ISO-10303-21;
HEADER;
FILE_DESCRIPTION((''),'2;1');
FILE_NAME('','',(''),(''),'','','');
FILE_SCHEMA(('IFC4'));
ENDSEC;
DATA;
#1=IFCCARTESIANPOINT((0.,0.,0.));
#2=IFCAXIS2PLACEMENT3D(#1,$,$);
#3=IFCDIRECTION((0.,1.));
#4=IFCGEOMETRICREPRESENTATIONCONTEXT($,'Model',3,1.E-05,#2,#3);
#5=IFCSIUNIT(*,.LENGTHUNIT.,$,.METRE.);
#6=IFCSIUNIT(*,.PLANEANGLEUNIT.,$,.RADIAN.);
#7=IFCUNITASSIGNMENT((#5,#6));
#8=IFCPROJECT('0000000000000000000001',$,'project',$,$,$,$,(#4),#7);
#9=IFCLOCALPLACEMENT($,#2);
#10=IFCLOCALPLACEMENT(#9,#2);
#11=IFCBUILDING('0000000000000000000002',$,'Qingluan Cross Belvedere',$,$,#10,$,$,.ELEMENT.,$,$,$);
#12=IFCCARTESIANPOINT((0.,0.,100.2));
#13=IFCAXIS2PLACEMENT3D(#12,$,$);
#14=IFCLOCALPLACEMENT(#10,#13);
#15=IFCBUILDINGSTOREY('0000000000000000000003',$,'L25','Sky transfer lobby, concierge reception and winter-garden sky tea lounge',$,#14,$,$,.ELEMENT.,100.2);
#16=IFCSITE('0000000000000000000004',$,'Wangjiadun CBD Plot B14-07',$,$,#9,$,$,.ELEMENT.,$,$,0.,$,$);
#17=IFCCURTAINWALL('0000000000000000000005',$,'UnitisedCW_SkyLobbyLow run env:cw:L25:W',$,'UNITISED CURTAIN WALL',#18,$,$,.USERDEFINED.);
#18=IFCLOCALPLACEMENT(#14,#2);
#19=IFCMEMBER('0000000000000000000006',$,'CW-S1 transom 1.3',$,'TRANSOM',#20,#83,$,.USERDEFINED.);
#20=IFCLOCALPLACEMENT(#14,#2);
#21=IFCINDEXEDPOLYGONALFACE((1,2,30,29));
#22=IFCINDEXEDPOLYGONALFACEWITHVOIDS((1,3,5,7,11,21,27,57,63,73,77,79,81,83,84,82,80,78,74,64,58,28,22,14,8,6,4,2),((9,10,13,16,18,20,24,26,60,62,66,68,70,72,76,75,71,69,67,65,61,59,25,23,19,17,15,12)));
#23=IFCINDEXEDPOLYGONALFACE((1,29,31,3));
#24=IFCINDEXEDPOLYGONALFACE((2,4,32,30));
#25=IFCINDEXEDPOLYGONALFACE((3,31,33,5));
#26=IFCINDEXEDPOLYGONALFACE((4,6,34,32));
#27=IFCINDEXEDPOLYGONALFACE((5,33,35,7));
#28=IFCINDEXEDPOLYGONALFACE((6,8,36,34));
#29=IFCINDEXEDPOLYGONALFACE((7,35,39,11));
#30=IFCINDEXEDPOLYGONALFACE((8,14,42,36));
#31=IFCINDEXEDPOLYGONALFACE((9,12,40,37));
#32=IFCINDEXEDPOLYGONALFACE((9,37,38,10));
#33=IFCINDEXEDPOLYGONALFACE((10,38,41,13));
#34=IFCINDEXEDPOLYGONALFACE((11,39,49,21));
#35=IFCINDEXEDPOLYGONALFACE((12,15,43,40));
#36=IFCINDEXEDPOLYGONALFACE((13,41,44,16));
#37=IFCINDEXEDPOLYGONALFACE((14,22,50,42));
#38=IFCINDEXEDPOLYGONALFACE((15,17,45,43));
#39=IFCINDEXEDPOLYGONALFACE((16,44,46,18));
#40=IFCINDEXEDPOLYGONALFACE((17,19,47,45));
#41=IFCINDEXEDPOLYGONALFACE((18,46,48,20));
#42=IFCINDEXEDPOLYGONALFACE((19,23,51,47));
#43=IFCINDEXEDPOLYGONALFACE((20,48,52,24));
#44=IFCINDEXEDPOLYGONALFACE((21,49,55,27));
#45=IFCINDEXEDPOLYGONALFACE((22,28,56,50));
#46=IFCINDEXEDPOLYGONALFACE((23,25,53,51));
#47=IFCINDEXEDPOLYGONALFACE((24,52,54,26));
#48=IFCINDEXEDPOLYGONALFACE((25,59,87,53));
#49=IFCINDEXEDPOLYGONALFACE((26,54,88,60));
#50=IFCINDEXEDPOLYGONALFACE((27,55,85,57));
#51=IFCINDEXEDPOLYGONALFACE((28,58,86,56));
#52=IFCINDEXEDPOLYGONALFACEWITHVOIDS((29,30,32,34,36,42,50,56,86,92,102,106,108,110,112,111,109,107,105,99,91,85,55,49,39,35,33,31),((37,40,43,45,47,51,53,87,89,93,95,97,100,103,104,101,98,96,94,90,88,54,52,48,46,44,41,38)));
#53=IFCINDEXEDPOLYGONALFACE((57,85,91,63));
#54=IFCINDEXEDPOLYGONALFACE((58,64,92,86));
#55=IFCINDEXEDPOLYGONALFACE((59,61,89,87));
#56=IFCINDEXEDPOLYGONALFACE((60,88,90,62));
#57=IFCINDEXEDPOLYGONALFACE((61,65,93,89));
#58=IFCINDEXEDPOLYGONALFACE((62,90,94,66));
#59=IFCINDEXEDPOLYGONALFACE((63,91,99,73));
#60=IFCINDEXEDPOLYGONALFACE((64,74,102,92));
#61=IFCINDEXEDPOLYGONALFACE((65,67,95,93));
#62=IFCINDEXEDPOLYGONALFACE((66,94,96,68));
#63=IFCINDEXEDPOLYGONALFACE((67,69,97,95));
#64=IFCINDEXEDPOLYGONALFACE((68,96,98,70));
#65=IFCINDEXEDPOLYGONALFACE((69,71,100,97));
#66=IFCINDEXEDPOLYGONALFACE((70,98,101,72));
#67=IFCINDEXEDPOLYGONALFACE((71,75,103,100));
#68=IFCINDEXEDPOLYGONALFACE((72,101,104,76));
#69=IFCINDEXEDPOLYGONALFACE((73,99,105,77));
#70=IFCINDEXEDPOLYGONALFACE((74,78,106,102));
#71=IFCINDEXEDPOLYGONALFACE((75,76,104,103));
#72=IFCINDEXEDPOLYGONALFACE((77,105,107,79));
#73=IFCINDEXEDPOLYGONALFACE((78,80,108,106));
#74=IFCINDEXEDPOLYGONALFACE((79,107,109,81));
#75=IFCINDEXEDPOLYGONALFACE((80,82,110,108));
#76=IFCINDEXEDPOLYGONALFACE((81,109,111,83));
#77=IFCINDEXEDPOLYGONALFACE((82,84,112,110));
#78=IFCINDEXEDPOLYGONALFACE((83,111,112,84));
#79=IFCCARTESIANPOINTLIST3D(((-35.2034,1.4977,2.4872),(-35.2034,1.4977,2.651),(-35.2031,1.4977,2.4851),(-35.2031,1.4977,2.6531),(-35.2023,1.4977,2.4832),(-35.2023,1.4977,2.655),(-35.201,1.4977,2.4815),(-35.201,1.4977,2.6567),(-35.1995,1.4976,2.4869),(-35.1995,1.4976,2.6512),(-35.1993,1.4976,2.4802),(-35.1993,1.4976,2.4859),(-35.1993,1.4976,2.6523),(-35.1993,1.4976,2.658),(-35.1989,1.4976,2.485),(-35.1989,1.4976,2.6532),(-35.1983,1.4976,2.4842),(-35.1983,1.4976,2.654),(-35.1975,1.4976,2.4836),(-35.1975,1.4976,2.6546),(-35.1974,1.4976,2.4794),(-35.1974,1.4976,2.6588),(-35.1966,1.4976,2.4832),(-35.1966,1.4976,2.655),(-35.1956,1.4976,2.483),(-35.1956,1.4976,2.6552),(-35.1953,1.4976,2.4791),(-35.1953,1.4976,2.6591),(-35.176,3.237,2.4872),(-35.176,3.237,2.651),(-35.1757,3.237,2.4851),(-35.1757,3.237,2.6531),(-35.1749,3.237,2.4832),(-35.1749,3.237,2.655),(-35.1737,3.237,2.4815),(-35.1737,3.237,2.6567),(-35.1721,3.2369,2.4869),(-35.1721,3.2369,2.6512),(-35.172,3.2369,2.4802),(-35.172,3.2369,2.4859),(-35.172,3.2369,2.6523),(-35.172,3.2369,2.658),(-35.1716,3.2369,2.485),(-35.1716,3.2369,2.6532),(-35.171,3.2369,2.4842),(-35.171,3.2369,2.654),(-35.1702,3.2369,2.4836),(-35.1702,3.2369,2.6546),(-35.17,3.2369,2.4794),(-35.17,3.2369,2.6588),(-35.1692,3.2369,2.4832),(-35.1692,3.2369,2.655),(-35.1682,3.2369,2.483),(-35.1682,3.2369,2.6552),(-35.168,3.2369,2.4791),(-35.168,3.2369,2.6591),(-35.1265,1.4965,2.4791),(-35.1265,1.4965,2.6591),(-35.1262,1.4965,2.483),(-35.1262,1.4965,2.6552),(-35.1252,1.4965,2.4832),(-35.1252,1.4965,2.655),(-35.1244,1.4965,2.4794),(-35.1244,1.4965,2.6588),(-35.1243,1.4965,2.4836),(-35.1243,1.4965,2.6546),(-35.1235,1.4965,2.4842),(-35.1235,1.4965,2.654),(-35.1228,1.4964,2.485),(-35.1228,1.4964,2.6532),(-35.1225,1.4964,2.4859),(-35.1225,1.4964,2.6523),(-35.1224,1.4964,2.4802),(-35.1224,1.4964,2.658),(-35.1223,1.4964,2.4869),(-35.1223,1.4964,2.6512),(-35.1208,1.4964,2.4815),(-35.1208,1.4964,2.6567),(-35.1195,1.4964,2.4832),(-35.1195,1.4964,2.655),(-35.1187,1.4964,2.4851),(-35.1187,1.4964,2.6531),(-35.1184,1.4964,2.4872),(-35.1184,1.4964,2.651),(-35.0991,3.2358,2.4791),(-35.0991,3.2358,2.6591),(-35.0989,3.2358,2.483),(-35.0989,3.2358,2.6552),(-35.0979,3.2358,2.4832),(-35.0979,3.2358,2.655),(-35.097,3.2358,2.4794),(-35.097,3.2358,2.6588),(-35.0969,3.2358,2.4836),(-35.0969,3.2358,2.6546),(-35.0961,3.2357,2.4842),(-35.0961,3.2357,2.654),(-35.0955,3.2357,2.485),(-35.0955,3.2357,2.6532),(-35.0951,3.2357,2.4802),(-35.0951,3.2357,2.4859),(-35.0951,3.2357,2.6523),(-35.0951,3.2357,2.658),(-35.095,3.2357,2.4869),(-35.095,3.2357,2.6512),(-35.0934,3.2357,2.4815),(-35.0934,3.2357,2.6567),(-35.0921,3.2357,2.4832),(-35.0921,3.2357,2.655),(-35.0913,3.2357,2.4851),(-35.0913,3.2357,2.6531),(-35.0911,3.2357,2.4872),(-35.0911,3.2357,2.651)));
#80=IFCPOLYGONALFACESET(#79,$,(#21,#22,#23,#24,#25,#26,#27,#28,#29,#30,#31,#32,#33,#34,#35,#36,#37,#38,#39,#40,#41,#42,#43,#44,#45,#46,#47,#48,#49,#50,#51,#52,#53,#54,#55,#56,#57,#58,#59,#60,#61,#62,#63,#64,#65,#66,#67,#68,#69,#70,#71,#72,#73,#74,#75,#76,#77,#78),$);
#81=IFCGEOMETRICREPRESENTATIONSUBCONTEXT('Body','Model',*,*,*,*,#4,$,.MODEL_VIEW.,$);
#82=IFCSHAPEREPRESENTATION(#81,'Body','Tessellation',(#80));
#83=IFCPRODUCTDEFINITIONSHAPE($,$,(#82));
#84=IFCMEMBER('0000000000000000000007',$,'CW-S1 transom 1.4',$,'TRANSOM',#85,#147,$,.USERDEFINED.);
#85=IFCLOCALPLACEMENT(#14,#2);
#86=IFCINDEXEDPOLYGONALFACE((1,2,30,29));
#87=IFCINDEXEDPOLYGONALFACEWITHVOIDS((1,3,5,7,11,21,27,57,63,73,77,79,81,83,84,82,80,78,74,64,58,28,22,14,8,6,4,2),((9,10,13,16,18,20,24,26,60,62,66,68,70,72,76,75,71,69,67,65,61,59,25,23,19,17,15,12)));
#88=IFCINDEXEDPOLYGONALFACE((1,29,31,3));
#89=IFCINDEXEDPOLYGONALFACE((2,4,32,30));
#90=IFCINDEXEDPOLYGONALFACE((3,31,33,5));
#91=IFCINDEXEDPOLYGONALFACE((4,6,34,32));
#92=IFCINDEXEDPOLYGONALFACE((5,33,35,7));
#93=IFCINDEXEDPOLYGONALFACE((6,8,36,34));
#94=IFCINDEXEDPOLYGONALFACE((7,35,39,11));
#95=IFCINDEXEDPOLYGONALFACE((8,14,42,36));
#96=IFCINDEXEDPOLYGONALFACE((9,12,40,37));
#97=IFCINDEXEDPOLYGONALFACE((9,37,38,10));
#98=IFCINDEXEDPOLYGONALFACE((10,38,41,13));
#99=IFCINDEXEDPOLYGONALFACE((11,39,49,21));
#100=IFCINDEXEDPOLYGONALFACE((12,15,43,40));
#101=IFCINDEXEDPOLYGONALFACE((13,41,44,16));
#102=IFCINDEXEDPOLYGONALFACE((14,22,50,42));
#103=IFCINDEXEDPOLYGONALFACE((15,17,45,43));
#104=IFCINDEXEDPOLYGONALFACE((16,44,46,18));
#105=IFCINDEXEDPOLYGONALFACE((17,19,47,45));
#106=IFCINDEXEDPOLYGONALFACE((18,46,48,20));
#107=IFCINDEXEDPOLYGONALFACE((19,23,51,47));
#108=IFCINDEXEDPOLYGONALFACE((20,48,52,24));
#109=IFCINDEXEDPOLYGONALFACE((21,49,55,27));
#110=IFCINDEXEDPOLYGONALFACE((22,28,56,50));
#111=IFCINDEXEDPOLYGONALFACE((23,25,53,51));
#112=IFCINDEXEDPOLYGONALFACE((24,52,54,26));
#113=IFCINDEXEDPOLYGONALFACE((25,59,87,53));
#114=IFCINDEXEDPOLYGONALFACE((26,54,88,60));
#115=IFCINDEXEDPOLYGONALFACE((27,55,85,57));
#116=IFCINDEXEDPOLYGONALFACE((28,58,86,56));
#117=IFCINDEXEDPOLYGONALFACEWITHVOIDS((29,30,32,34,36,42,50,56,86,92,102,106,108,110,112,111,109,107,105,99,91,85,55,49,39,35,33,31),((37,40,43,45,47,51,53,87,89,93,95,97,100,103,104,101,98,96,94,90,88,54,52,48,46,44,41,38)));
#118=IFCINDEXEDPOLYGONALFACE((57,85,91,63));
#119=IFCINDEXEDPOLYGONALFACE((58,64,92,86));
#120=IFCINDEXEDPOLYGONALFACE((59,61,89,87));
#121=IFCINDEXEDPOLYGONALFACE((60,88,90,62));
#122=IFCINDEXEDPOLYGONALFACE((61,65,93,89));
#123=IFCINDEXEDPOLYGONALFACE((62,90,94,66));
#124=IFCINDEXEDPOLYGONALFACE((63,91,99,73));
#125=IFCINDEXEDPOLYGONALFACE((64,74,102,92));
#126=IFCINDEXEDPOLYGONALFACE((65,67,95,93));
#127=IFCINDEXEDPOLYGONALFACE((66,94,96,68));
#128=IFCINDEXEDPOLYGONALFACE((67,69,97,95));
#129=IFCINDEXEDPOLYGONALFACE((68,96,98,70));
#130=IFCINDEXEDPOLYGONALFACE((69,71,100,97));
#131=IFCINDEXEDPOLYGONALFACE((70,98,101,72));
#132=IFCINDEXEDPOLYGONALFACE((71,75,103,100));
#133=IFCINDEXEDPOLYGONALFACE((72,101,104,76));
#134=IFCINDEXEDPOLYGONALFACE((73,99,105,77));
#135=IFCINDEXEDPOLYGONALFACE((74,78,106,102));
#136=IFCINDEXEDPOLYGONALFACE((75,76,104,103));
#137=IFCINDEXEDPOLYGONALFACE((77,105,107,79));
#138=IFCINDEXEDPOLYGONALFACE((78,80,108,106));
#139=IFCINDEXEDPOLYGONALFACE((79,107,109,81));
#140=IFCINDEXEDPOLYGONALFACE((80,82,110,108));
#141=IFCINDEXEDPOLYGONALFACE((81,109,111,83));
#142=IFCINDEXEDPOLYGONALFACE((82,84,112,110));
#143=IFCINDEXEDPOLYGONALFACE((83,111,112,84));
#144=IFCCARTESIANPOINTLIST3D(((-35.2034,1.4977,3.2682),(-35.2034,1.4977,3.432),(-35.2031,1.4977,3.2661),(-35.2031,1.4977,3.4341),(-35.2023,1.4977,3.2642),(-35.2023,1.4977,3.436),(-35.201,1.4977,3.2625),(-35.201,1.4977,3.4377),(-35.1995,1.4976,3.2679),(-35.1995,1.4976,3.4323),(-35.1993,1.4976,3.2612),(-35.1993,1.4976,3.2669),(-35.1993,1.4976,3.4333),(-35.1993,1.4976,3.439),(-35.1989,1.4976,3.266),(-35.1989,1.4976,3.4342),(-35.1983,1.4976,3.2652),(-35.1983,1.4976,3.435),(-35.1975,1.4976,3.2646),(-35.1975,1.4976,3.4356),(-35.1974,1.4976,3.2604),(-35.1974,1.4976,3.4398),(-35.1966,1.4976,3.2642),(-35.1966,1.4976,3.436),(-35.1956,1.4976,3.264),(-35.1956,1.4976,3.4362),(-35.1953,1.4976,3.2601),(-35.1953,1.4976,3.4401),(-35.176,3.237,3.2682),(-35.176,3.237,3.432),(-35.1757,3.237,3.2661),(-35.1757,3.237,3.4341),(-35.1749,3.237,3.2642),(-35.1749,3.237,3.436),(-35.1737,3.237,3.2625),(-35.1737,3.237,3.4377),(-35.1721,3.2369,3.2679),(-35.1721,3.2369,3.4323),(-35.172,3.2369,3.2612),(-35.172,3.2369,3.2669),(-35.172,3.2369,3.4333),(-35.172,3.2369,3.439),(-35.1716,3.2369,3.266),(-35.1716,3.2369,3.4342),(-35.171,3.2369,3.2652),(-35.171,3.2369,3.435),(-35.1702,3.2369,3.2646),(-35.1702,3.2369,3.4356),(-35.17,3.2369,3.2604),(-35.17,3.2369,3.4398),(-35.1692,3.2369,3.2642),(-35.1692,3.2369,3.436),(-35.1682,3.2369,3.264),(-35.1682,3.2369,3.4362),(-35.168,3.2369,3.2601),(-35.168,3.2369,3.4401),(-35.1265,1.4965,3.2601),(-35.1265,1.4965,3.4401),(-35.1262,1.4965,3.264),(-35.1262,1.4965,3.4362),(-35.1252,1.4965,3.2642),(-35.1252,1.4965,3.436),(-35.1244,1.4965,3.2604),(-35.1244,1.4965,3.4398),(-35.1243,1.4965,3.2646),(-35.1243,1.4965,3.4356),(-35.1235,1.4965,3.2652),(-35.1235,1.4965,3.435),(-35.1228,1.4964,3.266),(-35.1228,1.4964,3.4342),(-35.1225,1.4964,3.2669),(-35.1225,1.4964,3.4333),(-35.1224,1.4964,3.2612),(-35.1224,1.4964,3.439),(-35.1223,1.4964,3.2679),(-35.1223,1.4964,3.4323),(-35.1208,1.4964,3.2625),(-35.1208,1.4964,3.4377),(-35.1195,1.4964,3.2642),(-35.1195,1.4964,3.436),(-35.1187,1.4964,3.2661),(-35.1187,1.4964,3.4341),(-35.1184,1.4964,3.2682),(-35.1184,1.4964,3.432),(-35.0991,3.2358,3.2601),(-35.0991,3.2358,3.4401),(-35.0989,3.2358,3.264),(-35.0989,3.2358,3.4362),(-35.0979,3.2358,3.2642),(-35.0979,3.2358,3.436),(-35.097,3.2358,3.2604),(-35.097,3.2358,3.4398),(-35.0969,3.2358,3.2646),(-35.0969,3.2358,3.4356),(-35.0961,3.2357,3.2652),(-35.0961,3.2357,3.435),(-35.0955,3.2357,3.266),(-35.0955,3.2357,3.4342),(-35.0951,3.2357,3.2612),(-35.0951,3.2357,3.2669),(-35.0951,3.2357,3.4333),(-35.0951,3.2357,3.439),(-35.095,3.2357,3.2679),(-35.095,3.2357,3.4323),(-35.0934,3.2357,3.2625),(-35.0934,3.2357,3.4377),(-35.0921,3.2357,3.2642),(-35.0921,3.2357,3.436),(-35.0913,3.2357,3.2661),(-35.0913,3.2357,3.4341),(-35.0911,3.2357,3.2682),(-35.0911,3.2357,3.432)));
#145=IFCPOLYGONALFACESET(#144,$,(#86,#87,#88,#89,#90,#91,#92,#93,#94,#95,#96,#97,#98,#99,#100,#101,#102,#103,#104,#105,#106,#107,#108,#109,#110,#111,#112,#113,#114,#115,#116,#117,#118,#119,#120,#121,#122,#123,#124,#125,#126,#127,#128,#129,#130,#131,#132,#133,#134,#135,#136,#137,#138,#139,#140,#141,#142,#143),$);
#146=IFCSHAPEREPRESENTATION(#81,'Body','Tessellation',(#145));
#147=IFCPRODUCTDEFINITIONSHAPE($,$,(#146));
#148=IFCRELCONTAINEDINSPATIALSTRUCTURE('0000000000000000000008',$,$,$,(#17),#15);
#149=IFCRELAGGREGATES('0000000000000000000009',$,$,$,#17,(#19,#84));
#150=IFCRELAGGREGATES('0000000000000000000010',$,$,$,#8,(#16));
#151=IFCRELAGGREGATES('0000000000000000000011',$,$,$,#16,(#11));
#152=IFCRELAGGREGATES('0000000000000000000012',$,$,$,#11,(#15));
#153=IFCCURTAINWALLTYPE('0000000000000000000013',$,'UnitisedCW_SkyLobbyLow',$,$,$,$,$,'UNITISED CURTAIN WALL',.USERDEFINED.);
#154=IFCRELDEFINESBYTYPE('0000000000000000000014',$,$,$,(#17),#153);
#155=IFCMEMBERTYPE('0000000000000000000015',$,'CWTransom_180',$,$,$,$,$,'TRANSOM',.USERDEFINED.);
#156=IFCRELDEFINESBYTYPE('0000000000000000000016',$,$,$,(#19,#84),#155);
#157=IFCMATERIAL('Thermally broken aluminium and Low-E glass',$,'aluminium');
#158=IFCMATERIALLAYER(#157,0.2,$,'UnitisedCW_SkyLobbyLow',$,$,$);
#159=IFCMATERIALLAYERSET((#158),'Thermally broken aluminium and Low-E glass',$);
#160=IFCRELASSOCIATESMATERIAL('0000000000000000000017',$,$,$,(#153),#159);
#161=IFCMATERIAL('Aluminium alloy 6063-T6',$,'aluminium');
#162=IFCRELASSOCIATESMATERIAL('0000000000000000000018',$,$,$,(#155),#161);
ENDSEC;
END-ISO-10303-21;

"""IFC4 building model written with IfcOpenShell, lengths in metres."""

from ifc_helpers import new_model, si_unit, direction, frame, origin, origin_2d, place, context, subcontext, project, spatial, hollow_rectangle, extrude, material, layer, layer_set, material_profile, profile_set, type_object, element, aggregate, save


model = new_model("IFC4")

# Units and contexts
model_context = context("Model", 3, precision=1e-05, world=origin(), true_north=direction((0.0, 1.0)))
body_context = subcontext(model_context, "Body", "Model", "MODEL_VIEW")
ifc_project = project(units=[si_unit("LENGTHUNIT", "METRE"), si_unit("PLANEANGLEUNIT", "RADIAN")], contexts=[model_context])

# Site, building, storey
site_placement = place(None, origin())
site = spatial("IfcSite", under=ifc_project, at=site_placement, Name="Wangjiadun CBD Plot B14-07", CompositionType="ELEMENT", RefElevation=0.0)
building_placement = place(site_placement, origin())
building = spatial("IfcBuilding", under=site, at=building_placement, Name="Qingluan Cross Belvedere", CompositionType="ELEMENT")
storey_placement = place(building_placement, frame((0.0, 0.0, 100.2)))
storey = spatial("IfcBuildingStorey", under=building, at=storey_placement, Name="L25", Description="Sky transfer lobby, concierge reception and winter-garden sky tea lounge", CompositionType="ELEMENT", Elevation=100.2)

# Curtain wall, members
ifc_material_1 = material(Name="Thermally broken aluminium and Low-E glass", Category="aluminium")
ifc_layer_1 = layer(ifc_material_1, 0.2, Name="UnitisedCW_SkyLobbyLow")
ifc_layer_set_1 = layer_set([ifc_layer_1], Name="Thermally broken aluminium and Low-E glass")
curtain_wall_type = type_object("IfcCurtainWallType", Name="UnitisedCW_SkyLobbyLow", ElementType="UNITISED CURTAIN WALL", PredefinedType="USERDEFINED", material=ifc_layer_set_1)
curtain_wall_placement = place(storey_placement, origin())
curtain_wall = element("IfcCurtainWall", 1, at=curtain_wall_placement, inside=storey, type_object=curtain_wall_type, Name="UnitisedCW_SkyLobbyLow run env:cw:L25:W", ObjectType="UNITISED CURTAIN WALL", PredefinedType="USERDEFINED")
ifc_material_2 = material(Name="Aluminium alloy 6063-T6", Category="aluminium")
ifc_material_profile_1 = material_profile(ifc_material_2, hollow_rectangle(XDim=0.085, YDim=0.1799, WallThickness=0.0039, InnerFilletRadius=0.0039, OuterFilletRadius=0.0081, at=origin_2d()), Name="CWT180x85x4")
ifc_profile_set_1 = profile_set([ifc_material_profile_1], Name="Aluminium alloy 6063-T6")
member_type_1 = type_object("IfcMemberType", Name="CWTransom_180", ElementType="TRANSOM", PredefinedType="USERDEFINED", material=ifc_profile_set_1)
member_1_placement = place(storey_placement, frame((-35.1335, 3.2363, 2.5691), z_axis=(-0.01572, -0.999876, 0.0), x_axis=(0.999876, -0.01572, 0.0)))
member_1 = element("IfcMember", 2, at=member_1_placement, type_object=member_type_1, Name="CW-S1 transom 1.3", ObjectType="TRANSOM", PredefinedType="USERDEFINED", context=body_context, shape_type="SweptSolid", body=[
    extrude(hollow_rectangle(XDim=0.085, YDim=0.1799, WallThickness=0.0039, InnerFilletRadius=0.0039, OuterFilletRadius=0.0081, at=origin_2d()), origin(), (0.0, 0.0, 1.0), 1.7395),
])
member_2_placement = place(storey_placement, frame((-35.1335, 3.2363, 3.3501), z_axis=(-0.01572, -0.999876, 0.0), x_axis=(0.999876, -0.01572, 0.0)))
member_2 = element("IfcMember", 3, at=member_2_placement, type_object=member_type_1, Name="CW-S1 transom 1.4", ObjectType="TRANSOM", PredefinedType="USERDEFINED", context=body_context, shape_type="SweptSolid", body=[
    extrude(hollow_rectangle(XDim=0.085, YDim=0.1799, WallThickness=0.0039, InnerFilletRadius=0.0039, OuterFilletRadius=0.0081, at=origin_2d()), origin(), (0.0, 0.0, 1.0), 1.7395),
])

aggregate(curtain_wall, [member_1, member_2])

save(model, "model.ifc")
